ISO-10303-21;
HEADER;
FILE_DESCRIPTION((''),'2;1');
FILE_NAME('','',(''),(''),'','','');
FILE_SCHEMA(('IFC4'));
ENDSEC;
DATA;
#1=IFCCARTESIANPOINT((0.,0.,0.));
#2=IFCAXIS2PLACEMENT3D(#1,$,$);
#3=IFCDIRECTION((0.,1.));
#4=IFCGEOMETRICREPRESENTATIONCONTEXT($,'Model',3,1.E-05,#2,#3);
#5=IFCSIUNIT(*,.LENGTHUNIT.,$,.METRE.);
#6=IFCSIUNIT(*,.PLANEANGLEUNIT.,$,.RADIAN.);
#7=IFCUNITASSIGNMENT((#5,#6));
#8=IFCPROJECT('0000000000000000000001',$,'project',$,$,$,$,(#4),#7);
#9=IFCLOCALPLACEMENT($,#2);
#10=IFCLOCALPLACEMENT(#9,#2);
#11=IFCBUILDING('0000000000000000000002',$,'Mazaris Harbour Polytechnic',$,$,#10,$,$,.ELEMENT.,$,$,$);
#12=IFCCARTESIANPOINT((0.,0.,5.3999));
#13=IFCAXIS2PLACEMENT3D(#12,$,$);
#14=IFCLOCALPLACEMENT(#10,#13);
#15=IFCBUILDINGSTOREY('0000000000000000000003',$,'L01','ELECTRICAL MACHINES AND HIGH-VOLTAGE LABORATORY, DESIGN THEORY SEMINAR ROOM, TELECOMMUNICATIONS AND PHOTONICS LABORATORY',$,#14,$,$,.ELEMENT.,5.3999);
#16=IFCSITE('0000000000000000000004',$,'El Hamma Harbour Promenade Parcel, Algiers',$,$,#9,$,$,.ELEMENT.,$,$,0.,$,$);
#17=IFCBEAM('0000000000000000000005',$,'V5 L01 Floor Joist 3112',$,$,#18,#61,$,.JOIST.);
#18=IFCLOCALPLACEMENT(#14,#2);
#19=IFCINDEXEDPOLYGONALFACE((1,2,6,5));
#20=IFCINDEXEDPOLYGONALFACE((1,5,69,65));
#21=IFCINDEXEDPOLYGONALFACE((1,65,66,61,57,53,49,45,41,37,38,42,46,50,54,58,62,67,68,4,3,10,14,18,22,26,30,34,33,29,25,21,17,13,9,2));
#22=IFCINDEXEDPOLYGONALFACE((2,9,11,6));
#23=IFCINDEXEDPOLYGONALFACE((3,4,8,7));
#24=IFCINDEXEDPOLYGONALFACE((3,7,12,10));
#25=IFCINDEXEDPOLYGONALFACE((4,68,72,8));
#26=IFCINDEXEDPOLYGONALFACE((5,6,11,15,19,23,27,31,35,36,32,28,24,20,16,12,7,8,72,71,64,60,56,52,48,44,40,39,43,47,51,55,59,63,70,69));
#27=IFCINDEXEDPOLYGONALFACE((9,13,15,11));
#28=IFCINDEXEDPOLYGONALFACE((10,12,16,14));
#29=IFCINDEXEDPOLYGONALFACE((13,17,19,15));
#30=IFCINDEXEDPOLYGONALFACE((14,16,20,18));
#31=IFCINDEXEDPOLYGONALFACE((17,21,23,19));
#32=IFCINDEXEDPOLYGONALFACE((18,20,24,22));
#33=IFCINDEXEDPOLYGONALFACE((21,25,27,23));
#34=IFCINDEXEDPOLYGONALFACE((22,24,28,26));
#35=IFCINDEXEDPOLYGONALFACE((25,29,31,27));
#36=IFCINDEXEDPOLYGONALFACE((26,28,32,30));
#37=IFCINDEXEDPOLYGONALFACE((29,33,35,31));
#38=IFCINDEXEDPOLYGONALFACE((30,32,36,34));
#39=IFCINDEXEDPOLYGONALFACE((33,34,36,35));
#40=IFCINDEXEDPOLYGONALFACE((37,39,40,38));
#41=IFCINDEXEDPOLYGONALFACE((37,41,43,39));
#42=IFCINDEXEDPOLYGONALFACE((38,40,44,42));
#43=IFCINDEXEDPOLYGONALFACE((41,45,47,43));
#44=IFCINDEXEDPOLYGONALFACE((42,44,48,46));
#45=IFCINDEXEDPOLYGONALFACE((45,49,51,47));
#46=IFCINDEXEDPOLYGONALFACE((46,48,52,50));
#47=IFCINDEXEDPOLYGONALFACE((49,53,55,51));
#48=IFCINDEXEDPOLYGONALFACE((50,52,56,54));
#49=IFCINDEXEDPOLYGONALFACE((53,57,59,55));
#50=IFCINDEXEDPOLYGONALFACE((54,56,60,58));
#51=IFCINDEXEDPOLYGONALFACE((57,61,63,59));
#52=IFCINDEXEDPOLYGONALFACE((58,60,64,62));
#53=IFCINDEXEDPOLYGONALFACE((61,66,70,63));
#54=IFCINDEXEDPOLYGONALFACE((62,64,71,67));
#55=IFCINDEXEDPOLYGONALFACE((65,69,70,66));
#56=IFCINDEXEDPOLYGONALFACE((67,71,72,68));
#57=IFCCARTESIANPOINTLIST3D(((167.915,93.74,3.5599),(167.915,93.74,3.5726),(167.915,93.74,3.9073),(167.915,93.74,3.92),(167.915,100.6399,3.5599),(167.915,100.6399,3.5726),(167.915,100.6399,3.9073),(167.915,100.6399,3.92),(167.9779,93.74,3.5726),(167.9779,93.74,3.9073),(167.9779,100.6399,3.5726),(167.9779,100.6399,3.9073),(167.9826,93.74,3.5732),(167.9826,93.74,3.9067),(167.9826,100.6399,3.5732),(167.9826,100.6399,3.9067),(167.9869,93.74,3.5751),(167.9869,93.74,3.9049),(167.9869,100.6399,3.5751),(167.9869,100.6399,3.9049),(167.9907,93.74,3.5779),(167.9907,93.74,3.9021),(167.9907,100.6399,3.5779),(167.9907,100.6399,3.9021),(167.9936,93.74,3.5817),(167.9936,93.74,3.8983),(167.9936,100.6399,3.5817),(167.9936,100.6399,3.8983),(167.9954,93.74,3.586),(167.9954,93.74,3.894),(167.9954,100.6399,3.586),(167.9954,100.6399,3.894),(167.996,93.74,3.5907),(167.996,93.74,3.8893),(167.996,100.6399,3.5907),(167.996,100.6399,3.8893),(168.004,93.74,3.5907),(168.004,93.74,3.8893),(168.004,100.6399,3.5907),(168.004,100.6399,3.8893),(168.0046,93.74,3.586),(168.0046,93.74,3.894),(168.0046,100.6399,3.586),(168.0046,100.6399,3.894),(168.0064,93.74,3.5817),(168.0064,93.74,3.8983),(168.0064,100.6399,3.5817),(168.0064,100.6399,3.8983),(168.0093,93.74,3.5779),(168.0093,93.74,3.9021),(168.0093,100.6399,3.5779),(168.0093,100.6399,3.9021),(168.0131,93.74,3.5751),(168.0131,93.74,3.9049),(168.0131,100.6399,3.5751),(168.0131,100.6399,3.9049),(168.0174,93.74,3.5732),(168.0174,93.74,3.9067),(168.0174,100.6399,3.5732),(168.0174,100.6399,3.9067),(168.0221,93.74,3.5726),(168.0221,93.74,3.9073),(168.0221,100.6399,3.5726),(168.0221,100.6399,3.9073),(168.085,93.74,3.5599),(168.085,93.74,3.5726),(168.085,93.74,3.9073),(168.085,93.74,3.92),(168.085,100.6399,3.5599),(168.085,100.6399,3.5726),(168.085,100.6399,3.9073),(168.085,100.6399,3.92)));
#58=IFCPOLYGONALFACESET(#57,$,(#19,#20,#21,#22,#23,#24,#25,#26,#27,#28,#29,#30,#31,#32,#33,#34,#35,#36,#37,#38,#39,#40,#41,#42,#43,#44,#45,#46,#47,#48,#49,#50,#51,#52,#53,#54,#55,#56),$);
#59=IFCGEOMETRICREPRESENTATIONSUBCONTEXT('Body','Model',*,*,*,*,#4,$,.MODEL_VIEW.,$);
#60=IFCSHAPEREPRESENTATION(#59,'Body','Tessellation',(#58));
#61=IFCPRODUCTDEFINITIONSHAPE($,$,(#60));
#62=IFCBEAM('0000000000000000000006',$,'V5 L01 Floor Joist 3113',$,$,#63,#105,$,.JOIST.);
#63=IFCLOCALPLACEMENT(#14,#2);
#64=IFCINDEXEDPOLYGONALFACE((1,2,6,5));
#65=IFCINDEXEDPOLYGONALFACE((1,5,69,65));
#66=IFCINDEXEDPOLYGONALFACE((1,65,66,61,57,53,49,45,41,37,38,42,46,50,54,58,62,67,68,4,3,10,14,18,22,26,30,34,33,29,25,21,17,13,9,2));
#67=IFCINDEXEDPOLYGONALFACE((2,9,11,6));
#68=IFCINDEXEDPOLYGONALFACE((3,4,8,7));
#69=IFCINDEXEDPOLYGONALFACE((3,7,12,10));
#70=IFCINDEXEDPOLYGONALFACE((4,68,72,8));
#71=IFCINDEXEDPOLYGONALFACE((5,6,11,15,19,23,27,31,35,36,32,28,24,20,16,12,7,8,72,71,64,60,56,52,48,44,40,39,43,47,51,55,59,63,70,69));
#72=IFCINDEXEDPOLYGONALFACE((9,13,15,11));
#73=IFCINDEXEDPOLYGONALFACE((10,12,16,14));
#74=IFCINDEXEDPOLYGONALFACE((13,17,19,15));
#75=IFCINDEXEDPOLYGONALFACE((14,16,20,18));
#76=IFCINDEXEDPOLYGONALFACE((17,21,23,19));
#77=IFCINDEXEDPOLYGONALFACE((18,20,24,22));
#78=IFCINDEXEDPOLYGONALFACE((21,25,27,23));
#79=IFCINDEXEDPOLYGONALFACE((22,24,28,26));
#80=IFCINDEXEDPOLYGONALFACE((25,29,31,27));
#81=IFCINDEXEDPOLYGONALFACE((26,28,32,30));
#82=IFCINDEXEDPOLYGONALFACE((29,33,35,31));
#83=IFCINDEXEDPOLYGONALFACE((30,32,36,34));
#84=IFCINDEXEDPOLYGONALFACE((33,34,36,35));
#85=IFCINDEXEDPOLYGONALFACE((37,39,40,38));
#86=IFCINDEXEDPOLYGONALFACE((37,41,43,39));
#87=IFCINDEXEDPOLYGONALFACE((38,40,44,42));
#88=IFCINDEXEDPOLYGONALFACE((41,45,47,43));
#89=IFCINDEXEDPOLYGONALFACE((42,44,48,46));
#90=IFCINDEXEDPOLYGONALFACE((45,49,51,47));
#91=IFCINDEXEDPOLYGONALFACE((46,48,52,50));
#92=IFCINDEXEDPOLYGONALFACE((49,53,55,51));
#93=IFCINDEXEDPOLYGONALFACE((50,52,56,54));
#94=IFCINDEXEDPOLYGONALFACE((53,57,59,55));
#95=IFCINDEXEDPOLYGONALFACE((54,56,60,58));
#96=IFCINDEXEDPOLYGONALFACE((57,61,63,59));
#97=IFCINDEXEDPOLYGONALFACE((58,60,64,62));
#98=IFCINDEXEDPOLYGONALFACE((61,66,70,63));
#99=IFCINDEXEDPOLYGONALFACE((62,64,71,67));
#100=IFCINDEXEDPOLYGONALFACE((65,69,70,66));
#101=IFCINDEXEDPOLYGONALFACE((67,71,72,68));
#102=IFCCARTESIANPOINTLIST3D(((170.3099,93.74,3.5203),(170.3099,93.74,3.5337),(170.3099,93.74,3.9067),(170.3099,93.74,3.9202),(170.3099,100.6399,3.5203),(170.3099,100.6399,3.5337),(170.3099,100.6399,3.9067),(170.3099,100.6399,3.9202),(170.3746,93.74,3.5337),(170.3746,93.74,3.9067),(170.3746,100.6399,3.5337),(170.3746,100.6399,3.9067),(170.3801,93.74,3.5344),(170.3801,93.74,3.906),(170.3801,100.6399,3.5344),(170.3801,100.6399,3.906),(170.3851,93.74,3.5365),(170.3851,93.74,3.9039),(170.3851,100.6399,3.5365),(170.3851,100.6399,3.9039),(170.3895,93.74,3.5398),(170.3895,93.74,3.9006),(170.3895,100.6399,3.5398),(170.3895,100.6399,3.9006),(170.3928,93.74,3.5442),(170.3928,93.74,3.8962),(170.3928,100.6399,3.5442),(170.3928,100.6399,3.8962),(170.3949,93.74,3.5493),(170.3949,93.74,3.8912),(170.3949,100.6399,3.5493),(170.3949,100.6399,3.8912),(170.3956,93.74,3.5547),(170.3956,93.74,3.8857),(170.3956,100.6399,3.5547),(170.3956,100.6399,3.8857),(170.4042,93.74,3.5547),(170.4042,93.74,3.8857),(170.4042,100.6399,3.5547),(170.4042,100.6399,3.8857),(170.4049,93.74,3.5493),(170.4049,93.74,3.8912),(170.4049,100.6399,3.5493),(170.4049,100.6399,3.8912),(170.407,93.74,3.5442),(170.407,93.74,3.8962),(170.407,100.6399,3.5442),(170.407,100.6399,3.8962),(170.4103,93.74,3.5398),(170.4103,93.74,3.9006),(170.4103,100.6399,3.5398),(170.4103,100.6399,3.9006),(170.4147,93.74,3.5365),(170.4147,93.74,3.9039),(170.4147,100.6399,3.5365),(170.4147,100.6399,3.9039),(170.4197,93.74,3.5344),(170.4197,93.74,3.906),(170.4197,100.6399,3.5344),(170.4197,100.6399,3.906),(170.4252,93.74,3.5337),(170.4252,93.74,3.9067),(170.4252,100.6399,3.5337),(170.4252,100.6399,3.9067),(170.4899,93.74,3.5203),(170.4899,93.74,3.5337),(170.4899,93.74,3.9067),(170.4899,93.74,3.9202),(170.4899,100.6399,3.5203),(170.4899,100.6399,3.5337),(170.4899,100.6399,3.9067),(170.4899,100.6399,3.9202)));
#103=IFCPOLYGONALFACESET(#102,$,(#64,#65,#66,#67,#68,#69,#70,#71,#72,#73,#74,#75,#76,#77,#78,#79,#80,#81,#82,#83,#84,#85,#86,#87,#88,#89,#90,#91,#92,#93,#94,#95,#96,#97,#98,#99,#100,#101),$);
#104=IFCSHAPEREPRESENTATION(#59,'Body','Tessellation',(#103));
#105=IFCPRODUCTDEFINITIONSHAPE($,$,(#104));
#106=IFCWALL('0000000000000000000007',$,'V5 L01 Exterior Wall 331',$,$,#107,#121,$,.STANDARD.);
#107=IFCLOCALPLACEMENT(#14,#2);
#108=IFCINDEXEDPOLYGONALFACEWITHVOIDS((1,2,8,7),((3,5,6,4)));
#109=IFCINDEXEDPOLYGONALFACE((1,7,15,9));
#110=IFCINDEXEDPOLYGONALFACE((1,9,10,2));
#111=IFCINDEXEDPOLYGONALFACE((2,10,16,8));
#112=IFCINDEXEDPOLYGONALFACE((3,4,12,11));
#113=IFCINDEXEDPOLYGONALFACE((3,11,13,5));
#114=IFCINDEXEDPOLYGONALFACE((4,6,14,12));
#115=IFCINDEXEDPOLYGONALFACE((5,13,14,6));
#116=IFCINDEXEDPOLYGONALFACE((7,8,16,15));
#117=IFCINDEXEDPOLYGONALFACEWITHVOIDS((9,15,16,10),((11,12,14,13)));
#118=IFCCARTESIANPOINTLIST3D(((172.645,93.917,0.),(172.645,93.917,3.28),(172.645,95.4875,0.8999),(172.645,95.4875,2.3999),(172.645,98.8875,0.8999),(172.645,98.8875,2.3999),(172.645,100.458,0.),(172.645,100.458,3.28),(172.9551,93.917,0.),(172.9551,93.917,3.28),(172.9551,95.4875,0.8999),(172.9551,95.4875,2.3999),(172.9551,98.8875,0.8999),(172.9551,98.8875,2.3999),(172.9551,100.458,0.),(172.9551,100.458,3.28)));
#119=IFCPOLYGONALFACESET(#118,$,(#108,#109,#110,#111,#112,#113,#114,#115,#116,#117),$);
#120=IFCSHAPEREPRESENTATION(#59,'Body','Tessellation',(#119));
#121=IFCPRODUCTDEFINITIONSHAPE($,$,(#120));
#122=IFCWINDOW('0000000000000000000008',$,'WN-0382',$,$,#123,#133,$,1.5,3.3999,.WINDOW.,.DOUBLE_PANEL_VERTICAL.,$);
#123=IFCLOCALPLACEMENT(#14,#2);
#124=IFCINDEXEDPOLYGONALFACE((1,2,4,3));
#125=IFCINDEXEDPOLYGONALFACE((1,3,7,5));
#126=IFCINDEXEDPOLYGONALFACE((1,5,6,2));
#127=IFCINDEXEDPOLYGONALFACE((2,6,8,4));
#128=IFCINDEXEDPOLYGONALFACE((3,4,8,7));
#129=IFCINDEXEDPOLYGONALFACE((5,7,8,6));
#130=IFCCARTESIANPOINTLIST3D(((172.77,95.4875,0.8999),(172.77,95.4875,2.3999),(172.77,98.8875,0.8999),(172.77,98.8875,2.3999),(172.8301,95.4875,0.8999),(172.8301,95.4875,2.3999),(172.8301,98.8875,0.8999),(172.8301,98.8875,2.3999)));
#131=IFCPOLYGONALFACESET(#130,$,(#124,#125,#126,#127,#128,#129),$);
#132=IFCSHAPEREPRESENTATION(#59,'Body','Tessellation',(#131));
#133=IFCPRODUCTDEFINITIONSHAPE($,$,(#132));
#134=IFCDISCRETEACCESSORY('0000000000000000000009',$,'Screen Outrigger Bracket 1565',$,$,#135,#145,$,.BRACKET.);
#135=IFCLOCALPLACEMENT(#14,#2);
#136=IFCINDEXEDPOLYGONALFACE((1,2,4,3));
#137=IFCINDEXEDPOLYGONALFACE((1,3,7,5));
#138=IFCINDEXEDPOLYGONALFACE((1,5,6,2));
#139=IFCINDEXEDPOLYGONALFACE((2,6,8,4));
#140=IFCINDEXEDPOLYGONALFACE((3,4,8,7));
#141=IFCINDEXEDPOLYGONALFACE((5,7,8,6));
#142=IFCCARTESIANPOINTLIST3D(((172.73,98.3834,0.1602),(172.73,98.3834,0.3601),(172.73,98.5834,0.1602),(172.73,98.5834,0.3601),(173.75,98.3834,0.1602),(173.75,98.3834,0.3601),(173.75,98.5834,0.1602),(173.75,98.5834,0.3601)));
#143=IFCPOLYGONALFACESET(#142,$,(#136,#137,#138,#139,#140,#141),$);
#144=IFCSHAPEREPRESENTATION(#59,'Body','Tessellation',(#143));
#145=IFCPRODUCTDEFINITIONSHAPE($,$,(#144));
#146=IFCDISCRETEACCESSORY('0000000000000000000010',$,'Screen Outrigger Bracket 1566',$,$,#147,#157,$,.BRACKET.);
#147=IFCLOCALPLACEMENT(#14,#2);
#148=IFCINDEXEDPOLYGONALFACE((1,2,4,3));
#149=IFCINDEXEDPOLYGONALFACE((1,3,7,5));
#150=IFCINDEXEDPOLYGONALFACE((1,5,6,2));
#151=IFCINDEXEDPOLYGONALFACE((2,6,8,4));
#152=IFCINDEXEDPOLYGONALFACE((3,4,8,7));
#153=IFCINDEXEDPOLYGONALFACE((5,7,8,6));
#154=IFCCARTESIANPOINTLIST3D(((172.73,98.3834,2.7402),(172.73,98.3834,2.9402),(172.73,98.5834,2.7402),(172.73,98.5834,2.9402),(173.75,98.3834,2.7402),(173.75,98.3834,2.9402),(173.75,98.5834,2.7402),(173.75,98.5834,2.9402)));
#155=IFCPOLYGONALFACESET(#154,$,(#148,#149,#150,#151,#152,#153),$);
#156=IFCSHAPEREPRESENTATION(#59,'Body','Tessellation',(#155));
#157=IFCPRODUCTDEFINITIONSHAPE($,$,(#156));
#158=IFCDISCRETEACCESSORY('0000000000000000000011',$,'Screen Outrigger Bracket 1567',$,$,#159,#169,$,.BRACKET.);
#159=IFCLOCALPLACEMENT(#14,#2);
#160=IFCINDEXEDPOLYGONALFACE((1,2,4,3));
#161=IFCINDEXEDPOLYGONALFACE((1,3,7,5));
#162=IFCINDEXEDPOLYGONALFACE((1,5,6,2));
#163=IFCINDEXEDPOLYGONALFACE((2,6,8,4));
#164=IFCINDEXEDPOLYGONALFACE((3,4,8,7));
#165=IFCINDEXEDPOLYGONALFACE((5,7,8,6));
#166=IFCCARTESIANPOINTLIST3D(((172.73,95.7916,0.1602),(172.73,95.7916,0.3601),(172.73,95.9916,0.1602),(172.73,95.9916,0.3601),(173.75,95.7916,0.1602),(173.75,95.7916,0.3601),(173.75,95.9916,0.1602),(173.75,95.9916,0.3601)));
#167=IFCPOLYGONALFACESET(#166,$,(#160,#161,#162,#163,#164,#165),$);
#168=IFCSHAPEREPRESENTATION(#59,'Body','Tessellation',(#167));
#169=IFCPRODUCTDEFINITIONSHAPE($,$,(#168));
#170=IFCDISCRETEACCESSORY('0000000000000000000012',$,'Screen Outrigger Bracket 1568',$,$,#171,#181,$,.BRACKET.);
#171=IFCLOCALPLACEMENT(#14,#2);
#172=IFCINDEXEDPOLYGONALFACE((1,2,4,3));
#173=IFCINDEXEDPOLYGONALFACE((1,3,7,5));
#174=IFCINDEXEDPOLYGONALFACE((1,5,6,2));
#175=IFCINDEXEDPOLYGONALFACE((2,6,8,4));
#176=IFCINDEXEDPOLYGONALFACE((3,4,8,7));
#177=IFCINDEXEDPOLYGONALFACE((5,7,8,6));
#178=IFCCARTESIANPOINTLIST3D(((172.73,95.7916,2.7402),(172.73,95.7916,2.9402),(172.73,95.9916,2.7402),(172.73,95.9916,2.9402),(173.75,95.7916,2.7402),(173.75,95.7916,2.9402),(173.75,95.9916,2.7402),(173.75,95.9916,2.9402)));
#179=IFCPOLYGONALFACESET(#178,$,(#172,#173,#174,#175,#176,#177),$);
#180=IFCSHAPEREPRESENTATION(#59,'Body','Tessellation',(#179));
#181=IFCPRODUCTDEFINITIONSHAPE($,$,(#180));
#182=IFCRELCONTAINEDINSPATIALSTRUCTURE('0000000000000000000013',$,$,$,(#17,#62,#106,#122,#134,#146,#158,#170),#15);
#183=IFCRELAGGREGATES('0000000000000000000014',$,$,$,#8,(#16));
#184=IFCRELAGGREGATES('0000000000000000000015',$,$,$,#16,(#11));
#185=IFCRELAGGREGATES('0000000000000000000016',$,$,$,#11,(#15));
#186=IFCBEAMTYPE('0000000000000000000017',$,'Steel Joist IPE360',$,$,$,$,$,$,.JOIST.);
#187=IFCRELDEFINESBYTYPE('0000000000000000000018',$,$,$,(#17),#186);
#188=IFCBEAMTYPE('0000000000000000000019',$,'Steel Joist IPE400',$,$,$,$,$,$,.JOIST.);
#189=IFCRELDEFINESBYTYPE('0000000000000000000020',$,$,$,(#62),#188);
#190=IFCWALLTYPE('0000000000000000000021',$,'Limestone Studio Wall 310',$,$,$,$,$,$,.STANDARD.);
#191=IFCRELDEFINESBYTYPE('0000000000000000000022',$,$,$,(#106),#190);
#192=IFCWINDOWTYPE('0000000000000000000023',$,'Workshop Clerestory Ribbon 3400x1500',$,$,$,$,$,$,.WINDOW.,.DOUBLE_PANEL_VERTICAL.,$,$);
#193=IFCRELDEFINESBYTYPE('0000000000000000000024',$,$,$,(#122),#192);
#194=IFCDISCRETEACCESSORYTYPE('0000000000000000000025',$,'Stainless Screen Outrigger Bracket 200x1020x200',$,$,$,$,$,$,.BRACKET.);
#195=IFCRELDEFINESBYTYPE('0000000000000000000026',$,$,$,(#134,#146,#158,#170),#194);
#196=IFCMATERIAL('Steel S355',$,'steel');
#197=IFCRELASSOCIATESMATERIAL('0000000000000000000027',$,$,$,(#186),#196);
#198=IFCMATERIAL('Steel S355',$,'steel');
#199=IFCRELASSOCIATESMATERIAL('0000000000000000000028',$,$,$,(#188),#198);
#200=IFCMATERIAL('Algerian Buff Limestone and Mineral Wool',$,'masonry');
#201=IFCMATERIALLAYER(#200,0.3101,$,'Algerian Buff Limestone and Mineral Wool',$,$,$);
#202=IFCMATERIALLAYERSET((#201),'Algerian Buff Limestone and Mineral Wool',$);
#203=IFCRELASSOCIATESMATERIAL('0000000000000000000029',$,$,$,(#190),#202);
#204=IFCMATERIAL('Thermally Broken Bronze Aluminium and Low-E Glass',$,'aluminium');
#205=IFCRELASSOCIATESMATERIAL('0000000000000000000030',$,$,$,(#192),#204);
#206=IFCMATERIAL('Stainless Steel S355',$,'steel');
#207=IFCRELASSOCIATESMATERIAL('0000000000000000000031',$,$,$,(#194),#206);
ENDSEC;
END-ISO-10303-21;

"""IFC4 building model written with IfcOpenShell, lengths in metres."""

from ifc_helpers import new_model, si_unit, direction, frame, frame_2d, origin, origin_2d, place, context, subcontext, project, spatial, rectangle, i_section, extrude, material, layer, layer_set, material_profile, profile_set, type_object, element, fill, save


model = new_model("IFC4")

# Units and contexts
model_context = context("Model", 3, precision=1e-05, world=origin(), true_north=direction((0.0, 1.0)))
body_context = subcontext(model_context, "Body", "Model", "MODEL_VIEW")
ifc_project = project(units=[si_unit("LENGTHUNIT", "METRE"), si_unit("PLANEANGLEUNIT", "RADIAN")], contexts=[model_context])

# Site, building, storey
site_placement = place(None, origin())
site = spatial("IfcSite", under=ifc_project, at=site_placement, Name="El Hamma Harbour Promenade Parcel, Algiers", CompositionType="ELEMENT", RefElevation=0.0)
building_placement = place(site_placement, origin())
building = spatial("IfcBuilding", under=site, at=building_placement, Name="Mazaris Harbour Polytechnic", CompositionType="ELEMENT")
storey_placement = place(building_placement, frame((0.0, 0.0, 5.3999)))
storey = spatial("IfcBuildingStorey", under=building, at=storey_placement, Name="L01", Description="ELECTRICAL MACHINES AND HIGH-VOLTAGE LABORATORY, DESIGN THEORY SEMINAR ROOM, TELECOMMUNICATIONS AND PHOTONICS LABORATORY", CompositionType="ELEMENT", Elevation=5.3999)

# Beams
ifc_material_1 = material(Name="Steel S355", Category="steel")
ifc_material_profile_1 = material_profile(ifc_material_1, i_section(OverallWidth=0.1699, OverallDepth=0.3601, WebThickness=0.0081, FlangeThickness=0.0127, FilletRadius=0.0181, at=origin_2d()), Name="IPE 360")
ifc_profile_set_1 = profile_set([ifc_material_profile_1], Name="Steel S355")
beam_type_1 = type_object("IfcBeamType", Name="Steel Joist IPE360", PredefinedType="JOIST", material=ifc_profile_set_1)
beam_1_placement = place(storey_placement, frame((168.0, 93.74, 3.74), z_axis=(0.0, 1.0, 0.0), x_axis=(-1.0, 0.0, 0.0)))
element("IfcBeam", 1, at=beam_1_placement, inside=storey, type_object=beam_type_1, Name="V5 L01 Floor Joist 3112", PredefinedType="JOIST", context=body_context, shape_type="SweptSolid", body=[
    extrude(i_section(OverallWidth=0.1699, OverallDepth=0.3601, WebThickness=0.0081, FlangeThickness=0.0127, FilletRadius=0.0181, at=origin_2d()), origin(), (0.0, 0.0, 1.0), 6.8999),
])
ifc_material_2 = material(Name="Steel S355", Category="steel")
ifc_material_profile_2 = material_profile(ifc_material_2, i_section(OverallWidth=0.1799, OverallDepth=0.3999, WebThickness=0.0085, FlangeThickness=0.0134, FilletRadius=0.021, at=origin_2d()), Name="IPE 400")
ifc_profile_set_2 = profile_set([ifc_material_profile_2], Name="Steel S355")
beam_type_2 = type_object("IfcBeamType", Name="Steel Joist IPE400", PredefinedType="JOIST", material=ifc_profile_set_2)
beam_2_placement = place(storey_placement, frame((170.3999, 93.74, 3.7202), z_axis=(0.0, 1.0, 0.0), x_axis=(-1.0, 0.0, 0.0)))
element("IfcBeam", 2, at=beam_2_placement, inside=storey, type_object=beam_type_2, Name="V5 L01 Floor Joist 3113", PredefinedType="JOIST", context=body_context, shape_type="SweptSolid", body=[
    extrude(i_section(OverallWidth=0.1799, OverallDepth=0.3999, WebThickness=0.0085, FlangeThickness=0.0134, FilletRadius=0.021, at=origin_2d()), origin(), (0.0, 0.0, 1.0), 6.8999),
])

# Wall, opening, window
ifc_material_3 = material(Name="Algerian Buff Limestone and Mineral Wool", Category="masonry")
ifc_layer = layer(ifc_material_3, 0.3101, Name="Algerian Buff Limestone and Mineral Wool")
ifc_layer_set = layer_set([ifc_layer], Name="Algerian Buff Limestone and Mineral Wool")
wall_type = type_object("IfcWallType", Name="Limestone Studio Wall 310", PredefinedType="STANDARD", material=ifc_layer_set)
wall_placement = place(storey_placement, frame((172.8, 100.458, 0.0), z_axis=(0.0, 0.0, 1.0), x_axis=(0.0, -1.0, 0.0)))
wall = element("IfcWall", 3, at=wall_placement, inside=storey, type_object=wall_type, Name="V5 L01 Exterior Wall 331", PredefinedType="STANDARD", context=body_context, shape_type="SweptSolid", body=[
    extrude(rectangle(XDim=6.541, YDim=0.3101, at=frame_2d((3.2705, 0.0))), origin(), (0.0, 0.0, 1.0), 3.28),
])
opening_placement = place(wall_placement, frame((1.5706, 0.0, 0.8999)))
opening = element("IfcOpeningElement", 4, at=opening_placement, cuts=wall, PredefinedType="OPENING", context=body_context, shape_type="SweptSolid", body=[
    extrude(rectangle(XDim=3.3999, YDim=1.5, at=frame_2d((1.7, 0.75))), frame((0.0, 0.165, 0.0), z_axis=(0.0, -1.0, 0.0), x_axis=(1.0, 0.0, 0.0)), (0.0, 0.0, 1.0), 0.3301),
])
ifc_material_4 = material(Name="Thermally Broken Bronze Aluminium and Low-E Glass", Category="aluminium")
window_type = type_object("IfcWindowType", Name="Workshop Clerestory Ribbon 3400x1500", PartitioningType="DOUBLE_PANEL_VERTICAL", PredefinedType="WINDOW", material=ifc_material_4)
window_placement = place(opening_placement, origin())
window = element("IfcWindow", 5, at=window_placement, inside=storey, type_object=window_type, Name="WN-0382", OverallHeight=1.5, OverallWidth=3.3999, PartitioningType="DOUBLE_PANEL_VERTICAL", PredefinedType="WINDOW", context=body_context, shape_type="SweptSolid", body=[
    extrude(rectangle(XDim=3.3999, YDim=1.5, at=frame_2d((1.7, 0.75))), frame((0.0, 0.03, 0.0), z_axis=(0.0, -1.0, 0.0), x_axis=(1.0, 0.0, 0.0)), (0.0, 0.0, 1.0), 0.0601),
])
fill(opening, window)

# Discrete accessories
ifc_material_5 = material(Name="Stainless Steel S355", Category="steel")
discrete_accessory_type = type_object("IfcDiscreteAccessoryType", Name="Stainless Screen Outrigger Bracket 200x1020x200", PredefinedType="BRACKET", material=ifc_material_5)
for number, where, z_axis, x_axis, name in (
    (6, (173.24, 98.4834, 0.1602), (0.0, 0.0, 1.0), (0.0, -1.0, 0.0), "Screen Outrigger Bracket 1565"),
    (7, (173.24, 98.4834, 2.7402), (0.0, 0.0, 1.0), (0.0, -1.0, 0.0), "Screen Outrigger Bracket 1566"),
    (8, (173.24, 95.8916, 0.1602), (0.0, 0.0, 1.0), (0.0, -1.0, 0.0), "Screen Outrigger Bracket 1567"),
    (9, (173.24, 95.8916, 2.7402), (0.0, 0.0, 1.0), (0.0, -1.0, 0.0), "Screen Outrigger Bracket 1568"),
):
    element("IfcDiscreteAccessory", number, at=place(storey_placement, frame(where, z_axis=z_axis, x_axis=x_axis)), inside=storey, type_object=discrete_accessory_type, Name=name, PredefinedType="BRACKET", context=body_context, shape_type="SweptSolid", body=[
        extrude(rectangle(XDim=0.2, YDim=1.02, at=origin_2d()), origin(), (0.0, 0.0, 1.0), 0.2),
    ])

save(model, "model.ifc")
